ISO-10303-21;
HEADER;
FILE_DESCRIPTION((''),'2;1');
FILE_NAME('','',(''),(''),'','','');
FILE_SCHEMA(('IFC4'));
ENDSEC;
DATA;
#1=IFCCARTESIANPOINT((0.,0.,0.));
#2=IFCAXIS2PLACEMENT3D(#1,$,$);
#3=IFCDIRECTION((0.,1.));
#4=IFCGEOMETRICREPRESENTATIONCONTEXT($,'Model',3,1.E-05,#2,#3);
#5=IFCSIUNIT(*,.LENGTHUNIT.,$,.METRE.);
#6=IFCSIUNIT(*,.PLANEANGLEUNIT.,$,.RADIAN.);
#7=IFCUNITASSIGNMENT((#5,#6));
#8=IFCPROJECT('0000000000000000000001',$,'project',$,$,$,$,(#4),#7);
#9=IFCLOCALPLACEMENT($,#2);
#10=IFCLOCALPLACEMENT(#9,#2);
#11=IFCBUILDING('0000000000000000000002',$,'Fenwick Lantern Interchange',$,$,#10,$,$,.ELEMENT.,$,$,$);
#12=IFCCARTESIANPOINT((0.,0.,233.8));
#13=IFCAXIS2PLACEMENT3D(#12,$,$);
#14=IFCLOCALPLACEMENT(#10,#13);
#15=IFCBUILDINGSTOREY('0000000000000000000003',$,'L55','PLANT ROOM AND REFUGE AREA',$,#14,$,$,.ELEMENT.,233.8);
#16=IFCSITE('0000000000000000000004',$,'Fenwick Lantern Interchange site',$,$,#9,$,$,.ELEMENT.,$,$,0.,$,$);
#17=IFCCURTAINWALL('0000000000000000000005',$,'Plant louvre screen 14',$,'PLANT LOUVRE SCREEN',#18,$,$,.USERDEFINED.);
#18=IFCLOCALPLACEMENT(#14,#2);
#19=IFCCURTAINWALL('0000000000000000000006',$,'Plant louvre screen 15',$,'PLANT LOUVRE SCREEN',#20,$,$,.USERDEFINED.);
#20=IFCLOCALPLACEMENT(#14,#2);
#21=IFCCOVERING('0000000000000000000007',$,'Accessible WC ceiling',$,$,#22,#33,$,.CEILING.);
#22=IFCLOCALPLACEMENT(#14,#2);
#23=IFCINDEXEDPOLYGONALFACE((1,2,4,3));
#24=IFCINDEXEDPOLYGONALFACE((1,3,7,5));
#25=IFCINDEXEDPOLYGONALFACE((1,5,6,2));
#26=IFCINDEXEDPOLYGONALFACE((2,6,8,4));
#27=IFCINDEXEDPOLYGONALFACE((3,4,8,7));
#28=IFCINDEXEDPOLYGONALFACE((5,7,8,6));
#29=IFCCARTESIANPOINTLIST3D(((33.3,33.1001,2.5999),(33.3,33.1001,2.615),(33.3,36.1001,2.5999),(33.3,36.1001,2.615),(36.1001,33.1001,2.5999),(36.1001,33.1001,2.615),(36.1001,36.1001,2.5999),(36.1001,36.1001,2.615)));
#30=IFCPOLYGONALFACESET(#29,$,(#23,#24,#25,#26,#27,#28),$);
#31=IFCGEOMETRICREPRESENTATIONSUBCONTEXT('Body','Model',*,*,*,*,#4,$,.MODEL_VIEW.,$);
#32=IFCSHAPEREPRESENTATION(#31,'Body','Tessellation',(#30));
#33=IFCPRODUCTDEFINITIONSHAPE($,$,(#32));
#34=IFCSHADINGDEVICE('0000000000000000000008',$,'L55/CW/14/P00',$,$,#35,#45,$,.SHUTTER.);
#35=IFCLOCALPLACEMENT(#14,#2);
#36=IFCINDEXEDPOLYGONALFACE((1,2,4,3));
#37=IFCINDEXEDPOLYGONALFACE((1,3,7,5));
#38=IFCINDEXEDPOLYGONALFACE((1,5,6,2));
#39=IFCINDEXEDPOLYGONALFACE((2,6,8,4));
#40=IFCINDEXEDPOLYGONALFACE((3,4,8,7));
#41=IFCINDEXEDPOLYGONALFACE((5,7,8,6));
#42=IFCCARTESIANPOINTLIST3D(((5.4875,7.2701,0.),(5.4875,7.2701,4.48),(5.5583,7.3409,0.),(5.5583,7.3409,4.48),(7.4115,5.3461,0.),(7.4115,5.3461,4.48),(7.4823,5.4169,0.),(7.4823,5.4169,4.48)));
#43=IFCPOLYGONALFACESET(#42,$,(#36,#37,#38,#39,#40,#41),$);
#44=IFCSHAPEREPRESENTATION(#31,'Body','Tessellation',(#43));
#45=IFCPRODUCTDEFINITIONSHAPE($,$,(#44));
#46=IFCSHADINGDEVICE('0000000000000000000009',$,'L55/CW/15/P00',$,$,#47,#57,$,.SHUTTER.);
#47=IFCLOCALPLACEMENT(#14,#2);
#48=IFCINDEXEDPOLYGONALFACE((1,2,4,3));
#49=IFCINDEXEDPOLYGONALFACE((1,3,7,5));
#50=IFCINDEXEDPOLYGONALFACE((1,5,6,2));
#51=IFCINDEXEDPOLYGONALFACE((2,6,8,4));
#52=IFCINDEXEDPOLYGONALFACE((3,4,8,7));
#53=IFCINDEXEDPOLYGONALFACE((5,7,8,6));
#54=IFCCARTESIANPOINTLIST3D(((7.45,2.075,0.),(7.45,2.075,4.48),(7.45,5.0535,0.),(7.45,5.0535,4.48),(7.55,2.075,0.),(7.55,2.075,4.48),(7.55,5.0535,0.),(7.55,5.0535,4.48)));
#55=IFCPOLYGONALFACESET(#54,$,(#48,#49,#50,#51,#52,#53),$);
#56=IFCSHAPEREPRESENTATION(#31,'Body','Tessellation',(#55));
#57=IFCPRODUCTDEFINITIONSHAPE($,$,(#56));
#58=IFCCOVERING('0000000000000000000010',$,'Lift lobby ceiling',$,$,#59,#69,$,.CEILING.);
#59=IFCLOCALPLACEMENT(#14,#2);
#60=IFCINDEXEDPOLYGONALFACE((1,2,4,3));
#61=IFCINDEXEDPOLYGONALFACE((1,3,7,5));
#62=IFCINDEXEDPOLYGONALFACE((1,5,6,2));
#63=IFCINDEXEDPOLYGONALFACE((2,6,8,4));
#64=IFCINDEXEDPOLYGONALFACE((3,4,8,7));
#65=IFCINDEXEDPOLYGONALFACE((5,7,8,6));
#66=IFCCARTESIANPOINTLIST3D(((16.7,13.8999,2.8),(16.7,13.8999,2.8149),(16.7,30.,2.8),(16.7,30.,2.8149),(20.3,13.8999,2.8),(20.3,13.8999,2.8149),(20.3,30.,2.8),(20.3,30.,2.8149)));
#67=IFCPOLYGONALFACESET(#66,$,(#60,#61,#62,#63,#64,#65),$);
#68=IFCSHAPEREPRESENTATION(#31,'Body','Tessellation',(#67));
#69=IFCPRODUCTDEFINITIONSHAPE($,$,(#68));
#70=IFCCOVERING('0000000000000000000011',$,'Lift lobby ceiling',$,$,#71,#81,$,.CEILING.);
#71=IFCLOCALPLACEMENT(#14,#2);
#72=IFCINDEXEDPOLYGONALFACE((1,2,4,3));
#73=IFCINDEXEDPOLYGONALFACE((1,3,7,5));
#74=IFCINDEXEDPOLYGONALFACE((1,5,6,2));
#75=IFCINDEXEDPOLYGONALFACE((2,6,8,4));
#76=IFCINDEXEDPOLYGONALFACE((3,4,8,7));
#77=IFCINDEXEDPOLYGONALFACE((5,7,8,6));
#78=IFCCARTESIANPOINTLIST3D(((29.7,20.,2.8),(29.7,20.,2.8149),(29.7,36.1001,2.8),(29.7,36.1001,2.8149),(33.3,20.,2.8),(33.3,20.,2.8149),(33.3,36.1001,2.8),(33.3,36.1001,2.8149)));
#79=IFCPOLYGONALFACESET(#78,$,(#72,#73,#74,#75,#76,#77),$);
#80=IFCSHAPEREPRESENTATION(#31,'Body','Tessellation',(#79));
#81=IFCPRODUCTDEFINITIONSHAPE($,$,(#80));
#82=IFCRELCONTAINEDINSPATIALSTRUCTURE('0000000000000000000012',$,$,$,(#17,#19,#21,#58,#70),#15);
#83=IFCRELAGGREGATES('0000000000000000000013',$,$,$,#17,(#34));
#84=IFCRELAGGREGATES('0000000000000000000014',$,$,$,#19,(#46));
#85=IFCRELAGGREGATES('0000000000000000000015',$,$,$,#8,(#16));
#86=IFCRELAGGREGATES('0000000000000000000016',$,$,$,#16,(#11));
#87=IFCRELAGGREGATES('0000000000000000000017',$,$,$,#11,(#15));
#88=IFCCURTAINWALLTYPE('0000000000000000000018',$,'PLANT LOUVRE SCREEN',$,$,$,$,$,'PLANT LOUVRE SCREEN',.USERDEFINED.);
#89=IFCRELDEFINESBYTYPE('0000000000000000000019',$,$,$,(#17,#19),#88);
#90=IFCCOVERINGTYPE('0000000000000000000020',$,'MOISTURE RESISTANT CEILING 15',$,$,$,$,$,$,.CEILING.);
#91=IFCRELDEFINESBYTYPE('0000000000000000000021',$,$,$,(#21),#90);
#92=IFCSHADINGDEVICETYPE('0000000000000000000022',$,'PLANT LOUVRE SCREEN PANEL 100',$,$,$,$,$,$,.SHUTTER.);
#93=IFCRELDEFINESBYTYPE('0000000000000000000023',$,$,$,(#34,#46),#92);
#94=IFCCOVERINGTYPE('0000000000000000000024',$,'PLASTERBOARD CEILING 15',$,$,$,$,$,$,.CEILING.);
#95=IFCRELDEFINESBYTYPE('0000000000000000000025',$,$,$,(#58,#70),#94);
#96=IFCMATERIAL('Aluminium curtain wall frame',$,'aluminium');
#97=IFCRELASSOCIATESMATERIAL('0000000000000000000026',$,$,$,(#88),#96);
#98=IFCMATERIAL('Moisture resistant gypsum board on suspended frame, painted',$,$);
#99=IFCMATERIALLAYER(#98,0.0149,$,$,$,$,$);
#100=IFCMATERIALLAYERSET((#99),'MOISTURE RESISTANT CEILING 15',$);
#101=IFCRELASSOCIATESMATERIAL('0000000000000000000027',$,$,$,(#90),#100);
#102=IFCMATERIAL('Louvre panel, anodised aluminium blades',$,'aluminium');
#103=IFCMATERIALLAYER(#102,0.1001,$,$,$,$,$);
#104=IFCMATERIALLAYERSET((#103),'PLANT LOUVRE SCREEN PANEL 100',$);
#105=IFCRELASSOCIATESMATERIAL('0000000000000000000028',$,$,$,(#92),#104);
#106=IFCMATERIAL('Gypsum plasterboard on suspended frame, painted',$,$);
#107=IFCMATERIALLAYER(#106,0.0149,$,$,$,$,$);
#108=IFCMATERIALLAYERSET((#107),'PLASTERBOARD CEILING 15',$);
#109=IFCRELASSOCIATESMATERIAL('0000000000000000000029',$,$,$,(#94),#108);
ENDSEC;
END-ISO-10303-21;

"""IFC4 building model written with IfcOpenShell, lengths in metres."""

from ifc_helpers import new_model, si_unit, direction, frame, origin, origin_2d, place, context, subcontext, project, spatial, polyline, rectangle, outline, extrude, material, layer, layer_set, type_object, element, aggregate, save


model = new_model("IFC4")

# Units and contexts
model_context = context("Model", 3, precision=1e-05, world=origin(), true_north=direction((0.0, 1.0)))
body_context = subcontext(model_context, "Body", "Model", "MODEL_VIEW")
ifc_project = project(units=[si_unit("LENGTHUNIT", "METRE"), si_unit("PLANEANGLEUNIT", "RADIAN")], contexts=[model_context])

# Site, building, storey
site_placement = place(None, origin())
site = spatial("IfcSite", under=ifc_project, at=site_placement, Name="Fenwick Lantern Interchange site", CompositionType="ELEMENT", RefElevation=0.0)
building_placement = place(site_placement, origin())
building = spatial("IfcBuilding", under=site, at=building_placement, Name="Fenwick Lantern Interchange", CompositionType="ELEMENT")
storey_placement = place(building_placement, frame((0.0, 0.0, 233.8)))
storey = spatial("IfcBuildingStorey", under=building, at=storey_placement, Name="L55", Description="PLANT ROOM AND REFUGE AREA", CompositionType="ELEMENT", Elevation=233.8)

# Curtain wall
ifc_material_1 = material(Name="Aluminium curtain wall frame", Category="aluminium")
curtain_wall_type = type_object("IfcCurtainWallType", Name="PLANT LOUVRE SCREEN", ElementType="PLANT LOUVRE SCREEN", PredefinedType="USERDEFINED", material=ifc_material_1)
curtain_wall_1_placement = place(storey_placement, origin())
curtain_wall_1 = element("IfcCurtainWall", 1, at=curtain_wall_1_placement, inside=storey, type_object=curtain_wall_type, Name="Plant louvre screen 14", ObjectType="PLANT LOUVRE SCREEN", PredefinedType="USERDEFINED")

# Curtain wall
curtain_wall_2_placement = place(storey_placement, origin())
curtain_wall_2 = element("IfcCurtainWall", 2, at=curtain_wall_2_placement, inside=storey, type_object=curtain_wall_type, Name="Plant louvre screen 15", ObjectType="PLANT LOUVRE SCREEN", PredefinedType="USERDEFINED")

# Covering
ifc_material_2 = material(Name="Moisture resistant gypsum board on suspended frame, painted")
ifc_layer_1 = layer(ifc_material_2, 0.0149)
ifc_layer_set_1 = layer_set([ifc_layer_1], Name="MOISTURE RESISTANT CEILING 15")
covering_type_1 = type_object("IfcCoveringType", Name="MOISTURE RESISTANT CEILING 15", PredefinedType="CEILING", material=ifc_layer_set_1)
covering_1_placement = place(storey_placement, frame((0.0, 0.0, 2.5999)))
element("IfcCovering", 3, at=covering_1_placement, inside=storey, type_object=covering_type_1, Name="Accessible WC ceiling", PredefinedType="CEILING", context=body_context, shape_type="SweptSolid", body=[
    extrude(outline(polyline([(36.1001, 36.1001), (33.3, 36.1001), (33.3, 33.1001), (36.1001, 33.1001), (36.1001, 36.1001)])), origin(), (0.0, 0.0, 1.0), 0.0151),
])

# Shading devices
ifc_material_3 = material(Name="Louvre panel, anodised aluminium blades", Category="aluminium")
ifc_layer_2 = layer(ifc_material_3, 0.1001)
ifc_layer_set_2 = layer_set([ifc_layer_2], Name="PLANT LOUVRE SCREEN PANEL 100")
shading_device_type = type_object("IfcShadingDeviceType", Name="PLANT LOUVRE SCREEN PANEL 100", PredefinedType="SHUTTER", material=ifc_layer_set_2)
shading_device_1_placement = place(storey_placement, frame((6.4849, 6.3435, 0.0), z_axis=(0.0, 0.0, 1.0), x_axis=(0.707107, -0.707107, 0.0)))
shading_device_1 = element("IfcShadingDevice", 4, at=shading_device_1_placement, type_object=shading_device_type, Name="L55/CW/14/P00", PredefinedType="SHUTTER", context=body_context, shape_type="SweptSolid", body=[
    extrude(rectangle(XDim=2.7209, YDim=0.1001, at=origin_2d()), origin(), (0.0, 0.0, 1.0), 4.48),
])
aggregate(curtain_wall_1, [shading_device_1])
shading_device_2_placement = place(storey_placement, frame((7.5, 3.5642, 0.0), z_axis=(0.0, 0.0, 1.0), x_axis=(0.0, -1.0, 0.0)))
shading_device_2 = element("IfcShadingDevice", 5, at=shading_device_2_placement, type_object=shading_device_type, Name="L55/CW/15/P00", PredefinedType="SHUTTER", context=body_context, shape_type="SweptSolid", body=[
    extrude(rectangle(XDim=2.9785, YDim=0.1001, at=origin_2d()), origin(), (0.0, 0.0, 1.0), 4.48),
])
aggregate(curtain_wall_2, [shading_device_2])

# Coverings
ifc_material_4 = material(Name="Gypsum plasterboard on suspended frame, painted")
ifc_layer_3 = layer(ifc_material_4, 0.0149)
ifc_layer_set_3 = layer_set([ifc_layer_3], Name="PLASTERBOARD CEILING 15")
covering_type_2 = type_object("IfcCoveringType", Name="PLASTERBOARD CEILING 15", PredefinedType="CEILING", material=ifc_layer_set_3)
covering_2_placement = place(storey_placement, frame((0.0, 0.0, 2.8)))
element("IfcCovering", 6, at=covering_2_placement, inside=storey, type_object=covering_type_2, Name="Lift lobby ceiling", PredefinedType="CEILING", context=body_context, shape_type="SweptSolid", body=[
    extrude(outline(polyline([(16.7, 13.8999), (20.3, 13.8999), (20.3, 30.0), (16.7, 30.0), (16.7, 13.8999)])), origin(), (0.0, 0.0, 1.0), 0.0149),
])
covering_3_placement = place(storey_placement, frame((0.0, 0.0, 2.8)))
element("IfcCovering", 7, at=covering_3_placement, inside=storey, type_object=covering_type_2, Name="Lift lobby ceiling", PredefinedType="CEILING", context=body_context, shape_type="SweptSolid", body=[
    extrude(outline(polyline([(33.3, 36.1001), (29.7, 36.1001), (29.7, 20.0), (33.3, 20.0), (33.3, 36.1001)])), origin(), (0.0, 0.0, 1.0), 0.0149),
])

save(model, "model.ifc")
